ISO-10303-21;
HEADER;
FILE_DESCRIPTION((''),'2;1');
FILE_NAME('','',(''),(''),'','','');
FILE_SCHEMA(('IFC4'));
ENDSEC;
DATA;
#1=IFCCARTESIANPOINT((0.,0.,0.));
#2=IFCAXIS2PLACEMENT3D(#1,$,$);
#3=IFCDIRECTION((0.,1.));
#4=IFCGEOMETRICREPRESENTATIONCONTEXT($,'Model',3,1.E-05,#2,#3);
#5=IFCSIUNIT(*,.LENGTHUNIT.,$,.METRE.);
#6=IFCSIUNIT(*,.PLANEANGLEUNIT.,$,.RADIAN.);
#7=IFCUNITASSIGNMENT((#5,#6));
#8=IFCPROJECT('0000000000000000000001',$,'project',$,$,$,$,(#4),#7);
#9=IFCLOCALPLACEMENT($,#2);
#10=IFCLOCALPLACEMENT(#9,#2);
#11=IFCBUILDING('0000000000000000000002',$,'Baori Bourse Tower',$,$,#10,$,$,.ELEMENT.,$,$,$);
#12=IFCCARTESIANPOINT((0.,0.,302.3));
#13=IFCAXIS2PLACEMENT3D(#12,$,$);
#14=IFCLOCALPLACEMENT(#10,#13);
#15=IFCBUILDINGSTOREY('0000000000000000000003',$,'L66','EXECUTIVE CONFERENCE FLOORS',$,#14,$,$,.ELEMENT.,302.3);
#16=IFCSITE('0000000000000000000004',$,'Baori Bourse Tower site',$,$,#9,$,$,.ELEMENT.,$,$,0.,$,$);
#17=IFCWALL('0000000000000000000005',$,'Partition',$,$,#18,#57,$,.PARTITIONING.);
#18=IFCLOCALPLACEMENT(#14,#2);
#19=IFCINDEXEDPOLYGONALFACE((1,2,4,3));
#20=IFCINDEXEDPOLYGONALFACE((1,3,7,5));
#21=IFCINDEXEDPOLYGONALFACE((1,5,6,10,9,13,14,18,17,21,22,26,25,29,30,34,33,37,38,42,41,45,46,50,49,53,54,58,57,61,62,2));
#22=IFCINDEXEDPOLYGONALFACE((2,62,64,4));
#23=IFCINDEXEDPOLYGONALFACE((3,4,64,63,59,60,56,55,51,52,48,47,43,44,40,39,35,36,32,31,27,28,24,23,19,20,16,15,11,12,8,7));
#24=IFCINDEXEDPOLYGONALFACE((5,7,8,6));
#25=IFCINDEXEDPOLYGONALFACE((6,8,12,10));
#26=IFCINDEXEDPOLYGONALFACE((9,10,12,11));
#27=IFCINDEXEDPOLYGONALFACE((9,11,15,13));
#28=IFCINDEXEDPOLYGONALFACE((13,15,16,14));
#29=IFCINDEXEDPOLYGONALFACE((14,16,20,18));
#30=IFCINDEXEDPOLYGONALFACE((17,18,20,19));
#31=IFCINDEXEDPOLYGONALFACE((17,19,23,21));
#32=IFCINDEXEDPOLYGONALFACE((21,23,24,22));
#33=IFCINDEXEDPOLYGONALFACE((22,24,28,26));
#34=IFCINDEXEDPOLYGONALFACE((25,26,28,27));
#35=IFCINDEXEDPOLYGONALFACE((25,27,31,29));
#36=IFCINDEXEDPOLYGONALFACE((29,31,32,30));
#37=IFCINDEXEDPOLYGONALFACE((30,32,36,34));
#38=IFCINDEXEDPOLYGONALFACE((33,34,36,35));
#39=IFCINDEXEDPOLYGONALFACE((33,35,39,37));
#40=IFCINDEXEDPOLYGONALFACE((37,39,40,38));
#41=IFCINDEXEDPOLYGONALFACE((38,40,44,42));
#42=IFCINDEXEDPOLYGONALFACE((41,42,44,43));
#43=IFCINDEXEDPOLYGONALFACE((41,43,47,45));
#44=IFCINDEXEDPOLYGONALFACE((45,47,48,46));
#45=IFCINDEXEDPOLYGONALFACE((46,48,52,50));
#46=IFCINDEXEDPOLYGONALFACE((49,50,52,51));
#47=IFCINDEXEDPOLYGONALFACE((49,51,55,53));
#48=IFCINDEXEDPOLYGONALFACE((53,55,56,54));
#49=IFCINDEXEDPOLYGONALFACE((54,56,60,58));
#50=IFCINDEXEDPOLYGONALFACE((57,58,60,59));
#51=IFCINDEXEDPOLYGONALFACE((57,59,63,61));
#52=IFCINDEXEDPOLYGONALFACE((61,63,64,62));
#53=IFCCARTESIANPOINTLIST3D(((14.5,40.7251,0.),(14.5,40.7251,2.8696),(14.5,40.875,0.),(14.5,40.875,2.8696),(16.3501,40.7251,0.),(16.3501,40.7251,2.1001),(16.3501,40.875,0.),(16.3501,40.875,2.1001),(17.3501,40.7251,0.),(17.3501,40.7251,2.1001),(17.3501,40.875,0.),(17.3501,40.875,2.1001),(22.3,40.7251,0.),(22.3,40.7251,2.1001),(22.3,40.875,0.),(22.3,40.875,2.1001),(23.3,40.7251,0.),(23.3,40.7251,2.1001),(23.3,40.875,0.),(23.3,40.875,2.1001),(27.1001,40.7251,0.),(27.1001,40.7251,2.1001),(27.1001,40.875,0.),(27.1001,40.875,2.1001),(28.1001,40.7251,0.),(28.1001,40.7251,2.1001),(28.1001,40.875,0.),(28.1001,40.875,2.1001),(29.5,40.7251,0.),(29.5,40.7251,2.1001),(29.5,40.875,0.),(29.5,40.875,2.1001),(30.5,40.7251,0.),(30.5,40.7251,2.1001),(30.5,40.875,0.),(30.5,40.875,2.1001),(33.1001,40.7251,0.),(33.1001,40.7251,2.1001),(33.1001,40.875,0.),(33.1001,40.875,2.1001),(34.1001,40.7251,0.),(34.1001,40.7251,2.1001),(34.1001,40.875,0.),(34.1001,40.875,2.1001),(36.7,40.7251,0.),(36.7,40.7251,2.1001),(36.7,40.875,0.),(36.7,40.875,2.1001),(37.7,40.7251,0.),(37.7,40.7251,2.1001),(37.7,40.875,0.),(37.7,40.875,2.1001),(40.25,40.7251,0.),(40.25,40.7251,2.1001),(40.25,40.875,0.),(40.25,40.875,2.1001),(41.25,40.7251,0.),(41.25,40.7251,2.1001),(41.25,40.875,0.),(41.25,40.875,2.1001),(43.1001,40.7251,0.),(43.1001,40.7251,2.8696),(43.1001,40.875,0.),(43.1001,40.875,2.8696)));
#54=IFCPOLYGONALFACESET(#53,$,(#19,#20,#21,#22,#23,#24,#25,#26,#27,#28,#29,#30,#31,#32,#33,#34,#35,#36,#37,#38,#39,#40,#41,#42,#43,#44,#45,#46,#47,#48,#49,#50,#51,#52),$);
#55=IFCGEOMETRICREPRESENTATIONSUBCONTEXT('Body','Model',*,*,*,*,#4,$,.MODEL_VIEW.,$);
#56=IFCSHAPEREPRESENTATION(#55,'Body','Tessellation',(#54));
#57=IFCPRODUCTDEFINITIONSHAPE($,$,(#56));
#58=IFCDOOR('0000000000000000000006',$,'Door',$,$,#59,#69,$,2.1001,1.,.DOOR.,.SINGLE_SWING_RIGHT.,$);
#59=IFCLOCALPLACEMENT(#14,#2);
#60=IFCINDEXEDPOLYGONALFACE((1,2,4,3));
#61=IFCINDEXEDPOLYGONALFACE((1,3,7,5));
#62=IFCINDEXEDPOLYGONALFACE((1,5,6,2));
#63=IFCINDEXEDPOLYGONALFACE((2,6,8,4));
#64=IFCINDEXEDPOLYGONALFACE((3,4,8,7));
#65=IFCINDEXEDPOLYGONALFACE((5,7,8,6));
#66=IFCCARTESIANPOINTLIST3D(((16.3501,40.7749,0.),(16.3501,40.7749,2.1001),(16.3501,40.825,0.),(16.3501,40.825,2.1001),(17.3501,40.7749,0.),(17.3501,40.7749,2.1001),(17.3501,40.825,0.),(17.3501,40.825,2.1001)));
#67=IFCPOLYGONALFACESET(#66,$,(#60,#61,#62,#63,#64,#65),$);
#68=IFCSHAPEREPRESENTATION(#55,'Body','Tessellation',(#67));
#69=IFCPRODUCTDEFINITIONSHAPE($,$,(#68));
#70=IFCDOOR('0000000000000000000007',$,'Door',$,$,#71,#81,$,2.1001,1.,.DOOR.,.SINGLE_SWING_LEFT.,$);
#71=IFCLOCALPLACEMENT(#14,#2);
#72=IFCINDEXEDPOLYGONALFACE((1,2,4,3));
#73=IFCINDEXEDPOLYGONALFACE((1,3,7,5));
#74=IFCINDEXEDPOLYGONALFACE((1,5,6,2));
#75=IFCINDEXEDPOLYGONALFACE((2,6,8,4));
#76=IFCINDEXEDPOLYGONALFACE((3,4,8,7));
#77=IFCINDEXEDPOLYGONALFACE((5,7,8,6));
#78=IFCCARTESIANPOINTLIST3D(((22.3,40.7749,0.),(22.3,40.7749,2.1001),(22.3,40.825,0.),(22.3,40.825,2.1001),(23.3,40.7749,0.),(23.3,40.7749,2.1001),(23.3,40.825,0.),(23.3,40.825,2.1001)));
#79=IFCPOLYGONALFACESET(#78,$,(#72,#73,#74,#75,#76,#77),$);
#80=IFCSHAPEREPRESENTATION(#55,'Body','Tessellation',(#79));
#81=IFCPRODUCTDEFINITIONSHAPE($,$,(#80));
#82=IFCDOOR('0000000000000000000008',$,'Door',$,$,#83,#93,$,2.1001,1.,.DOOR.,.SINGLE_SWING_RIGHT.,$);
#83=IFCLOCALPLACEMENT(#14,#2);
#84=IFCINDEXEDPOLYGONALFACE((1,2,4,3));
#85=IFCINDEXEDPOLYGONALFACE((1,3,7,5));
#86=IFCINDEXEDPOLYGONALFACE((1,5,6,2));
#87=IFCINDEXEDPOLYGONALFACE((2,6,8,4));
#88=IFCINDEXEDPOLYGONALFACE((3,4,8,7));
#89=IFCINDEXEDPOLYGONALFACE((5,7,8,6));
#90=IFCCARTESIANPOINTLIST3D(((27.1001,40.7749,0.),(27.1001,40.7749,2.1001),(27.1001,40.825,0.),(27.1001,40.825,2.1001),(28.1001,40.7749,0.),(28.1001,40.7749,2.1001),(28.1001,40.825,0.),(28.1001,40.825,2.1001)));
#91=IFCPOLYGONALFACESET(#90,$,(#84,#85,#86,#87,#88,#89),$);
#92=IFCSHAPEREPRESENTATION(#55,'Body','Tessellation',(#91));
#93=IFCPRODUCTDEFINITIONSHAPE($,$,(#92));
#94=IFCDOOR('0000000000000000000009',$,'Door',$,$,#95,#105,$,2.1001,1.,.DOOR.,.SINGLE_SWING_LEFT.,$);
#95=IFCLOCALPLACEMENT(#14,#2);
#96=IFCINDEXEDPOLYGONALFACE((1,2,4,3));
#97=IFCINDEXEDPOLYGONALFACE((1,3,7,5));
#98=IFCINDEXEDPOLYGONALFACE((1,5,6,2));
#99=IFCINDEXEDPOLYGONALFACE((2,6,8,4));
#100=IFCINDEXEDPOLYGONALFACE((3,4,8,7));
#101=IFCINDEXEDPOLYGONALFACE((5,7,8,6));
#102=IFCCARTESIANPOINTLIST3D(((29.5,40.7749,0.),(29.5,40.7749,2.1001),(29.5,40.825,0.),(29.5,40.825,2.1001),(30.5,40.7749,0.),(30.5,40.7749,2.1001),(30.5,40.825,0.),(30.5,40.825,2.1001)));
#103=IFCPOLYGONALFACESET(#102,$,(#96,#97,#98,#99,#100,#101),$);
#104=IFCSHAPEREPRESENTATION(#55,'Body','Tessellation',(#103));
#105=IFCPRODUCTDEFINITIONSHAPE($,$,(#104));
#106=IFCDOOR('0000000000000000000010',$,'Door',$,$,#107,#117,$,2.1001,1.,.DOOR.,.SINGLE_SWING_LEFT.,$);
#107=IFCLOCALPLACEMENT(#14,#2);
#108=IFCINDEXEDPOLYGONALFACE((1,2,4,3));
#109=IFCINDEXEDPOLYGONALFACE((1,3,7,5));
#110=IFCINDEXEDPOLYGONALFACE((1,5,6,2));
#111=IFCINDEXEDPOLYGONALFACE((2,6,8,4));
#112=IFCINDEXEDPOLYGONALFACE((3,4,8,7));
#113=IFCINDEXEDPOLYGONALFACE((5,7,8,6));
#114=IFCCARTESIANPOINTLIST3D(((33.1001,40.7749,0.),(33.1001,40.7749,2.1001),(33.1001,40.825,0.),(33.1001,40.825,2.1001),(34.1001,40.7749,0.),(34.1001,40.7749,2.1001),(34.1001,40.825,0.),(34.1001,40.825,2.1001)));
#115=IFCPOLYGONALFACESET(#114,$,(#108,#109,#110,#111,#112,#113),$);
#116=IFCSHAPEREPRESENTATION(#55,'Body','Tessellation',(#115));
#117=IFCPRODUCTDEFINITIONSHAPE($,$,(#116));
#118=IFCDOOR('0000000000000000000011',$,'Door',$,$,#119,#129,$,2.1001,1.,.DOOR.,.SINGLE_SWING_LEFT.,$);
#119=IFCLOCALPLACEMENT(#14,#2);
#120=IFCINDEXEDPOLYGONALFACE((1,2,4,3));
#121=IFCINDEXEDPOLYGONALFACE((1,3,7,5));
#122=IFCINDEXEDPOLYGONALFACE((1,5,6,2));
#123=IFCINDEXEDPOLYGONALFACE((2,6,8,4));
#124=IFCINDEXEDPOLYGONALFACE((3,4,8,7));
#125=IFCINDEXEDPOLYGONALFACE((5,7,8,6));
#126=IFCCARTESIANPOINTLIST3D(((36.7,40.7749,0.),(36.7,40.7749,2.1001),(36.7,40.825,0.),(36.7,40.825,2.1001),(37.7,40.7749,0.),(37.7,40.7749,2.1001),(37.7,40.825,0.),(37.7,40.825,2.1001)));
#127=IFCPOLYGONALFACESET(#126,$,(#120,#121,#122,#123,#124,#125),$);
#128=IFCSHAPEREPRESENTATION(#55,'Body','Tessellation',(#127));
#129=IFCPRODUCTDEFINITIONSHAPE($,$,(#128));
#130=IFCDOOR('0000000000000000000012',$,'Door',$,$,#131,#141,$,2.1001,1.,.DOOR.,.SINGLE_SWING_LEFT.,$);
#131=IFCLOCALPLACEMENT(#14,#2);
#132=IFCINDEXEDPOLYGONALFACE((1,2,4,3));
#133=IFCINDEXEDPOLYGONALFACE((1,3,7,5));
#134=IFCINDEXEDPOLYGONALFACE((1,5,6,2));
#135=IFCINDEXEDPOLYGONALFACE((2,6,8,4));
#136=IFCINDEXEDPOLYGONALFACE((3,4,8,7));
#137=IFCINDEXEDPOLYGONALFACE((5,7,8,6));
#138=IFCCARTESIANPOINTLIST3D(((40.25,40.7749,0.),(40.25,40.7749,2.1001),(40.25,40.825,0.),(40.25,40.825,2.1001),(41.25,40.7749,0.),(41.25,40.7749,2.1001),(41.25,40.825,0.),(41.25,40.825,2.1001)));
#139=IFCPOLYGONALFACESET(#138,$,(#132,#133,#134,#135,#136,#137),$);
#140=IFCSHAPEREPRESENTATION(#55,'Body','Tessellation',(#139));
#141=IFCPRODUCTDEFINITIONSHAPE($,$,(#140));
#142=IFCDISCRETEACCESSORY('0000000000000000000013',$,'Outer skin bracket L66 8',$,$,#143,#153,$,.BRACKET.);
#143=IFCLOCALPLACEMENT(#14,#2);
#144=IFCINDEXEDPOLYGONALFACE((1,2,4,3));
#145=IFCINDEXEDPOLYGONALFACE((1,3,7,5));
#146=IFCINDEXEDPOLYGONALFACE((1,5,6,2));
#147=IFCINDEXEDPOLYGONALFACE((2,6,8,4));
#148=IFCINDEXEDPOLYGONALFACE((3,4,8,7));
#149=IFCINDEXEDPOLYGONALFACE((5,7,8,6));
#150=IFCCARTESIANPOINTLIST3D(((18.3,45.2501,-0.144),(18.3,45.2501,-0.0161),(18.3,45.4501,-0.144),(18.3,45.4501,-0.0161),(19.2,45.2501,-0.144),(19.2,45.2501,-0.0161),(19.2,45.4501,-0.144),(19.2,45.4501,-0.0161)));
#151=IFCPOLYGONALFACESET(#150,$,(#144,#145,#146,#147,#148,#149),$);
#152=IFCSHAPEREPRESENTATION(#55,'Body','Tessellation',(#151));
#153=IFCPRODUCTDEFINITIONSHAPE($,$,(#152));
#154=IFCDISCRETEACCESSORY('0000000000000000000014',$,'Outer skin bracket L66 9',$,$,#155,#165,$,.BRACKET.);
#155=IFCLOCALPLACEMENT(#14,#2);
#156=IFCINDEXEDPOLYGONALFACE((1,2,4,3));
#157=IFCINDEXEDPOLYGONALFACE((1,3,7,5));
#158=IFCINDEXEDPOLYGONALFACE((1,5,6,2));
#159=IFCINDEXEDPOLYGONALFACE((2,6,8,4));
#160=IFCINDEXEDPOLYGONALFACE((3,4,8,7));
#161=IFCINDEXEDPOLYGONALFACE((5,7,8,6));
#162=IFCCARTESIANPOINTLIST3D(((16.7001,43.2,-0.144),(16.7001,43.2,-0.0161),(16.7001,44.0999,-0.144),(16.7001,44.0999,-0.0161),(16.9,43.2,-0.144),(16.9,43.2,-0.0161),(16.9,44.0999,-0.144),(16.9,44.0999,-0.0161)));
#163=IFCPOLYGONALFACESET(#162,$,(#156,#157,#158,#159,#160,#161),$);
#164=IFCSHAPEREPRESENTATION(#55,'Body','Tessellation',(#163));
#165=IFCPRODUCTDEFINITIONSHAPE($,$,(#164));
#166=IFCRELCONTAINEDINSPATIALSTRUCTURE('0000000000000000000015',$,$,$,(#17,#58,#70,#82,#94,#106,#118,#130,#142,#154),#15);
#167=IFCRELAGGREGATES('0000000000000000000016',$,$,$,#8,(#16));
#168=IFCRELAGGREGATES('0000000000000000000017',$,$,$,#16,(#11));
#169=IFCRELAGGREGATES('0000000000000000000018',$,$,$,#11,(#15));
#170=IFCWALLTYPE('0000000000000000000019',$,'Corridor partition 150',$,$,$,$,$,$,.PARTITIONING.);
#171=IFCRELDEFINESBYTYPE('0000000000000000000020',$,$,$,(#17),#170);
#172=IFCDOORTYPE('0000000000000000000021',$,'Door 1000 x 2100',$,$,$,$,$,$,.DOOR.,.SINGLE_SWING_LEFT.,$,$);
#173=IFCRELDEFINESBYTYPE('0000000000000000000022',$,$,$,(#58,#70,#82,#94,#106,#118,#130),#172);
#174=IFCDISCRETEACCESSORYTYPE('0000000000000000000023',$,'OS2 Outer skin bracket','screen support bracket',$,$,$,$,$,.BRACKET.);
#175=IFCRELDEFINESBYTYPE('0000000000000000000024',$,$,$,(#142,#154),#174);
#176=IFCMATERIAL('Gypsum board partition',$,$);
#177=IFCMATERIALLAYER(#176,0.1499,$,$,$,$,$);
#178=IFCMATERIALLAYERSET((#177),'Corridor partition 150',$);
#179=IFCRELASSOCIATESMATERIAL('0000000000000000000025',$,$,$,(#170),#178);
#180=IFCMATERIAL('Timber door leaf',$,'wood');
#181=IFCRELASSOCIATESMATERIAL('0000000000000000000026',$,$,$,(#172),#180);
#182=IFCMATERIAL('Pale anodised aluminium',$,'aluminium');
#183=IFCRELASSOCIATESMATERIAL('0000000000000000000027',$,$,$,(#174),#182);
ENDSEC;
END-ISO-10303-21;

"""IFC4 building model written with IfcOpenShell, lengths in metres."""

from ifc_helpers import new_model, si_unit, direction, frame, frame_2d, origin, origin_2d, place, context, subcontext, project, spatial, rectangle, extrude, material, layer, layer_set, type_object, element, fill, save


model = new_model("IFC4")

# Units and contexts
model_context = context("Model", 3, precision=1e-05, world=origin(), true_north=direction((0.0, 1.0)))
body_context = subcontext(model_context, "Body", "Model", "MODEL_VIEW")
ifc_project = project(units=[si_unit("LENGTHUNIT", "METRE"), si_unit("PLANEANGLEUNIT", "RADIAN")], contexts=[model_context])

# Site, building, storey
site_placement = place(None, origin())
site = spatial("IfcSite", under=ifc_project, at=site_placement, Name="Baori Bourse Tower site", CompositionType="ELEMENT", RefElevation=0.0)
building_placement = place(site_placement, origin())
building = spatial("IfcBuilding", under=site, at=building_placement, Name="Baori Bourse Tower", CompositionType="ELEMENT")
storey_placement = place(building_placement, frame((0.0, 0.0, 302.3)))
storey = spatial("IfcBuildingStorey", under=building, at=storey_placement, Name="L66", Description="EXECUTIVE CONFERENCE FLOORS", CompositionType="ELEMENT", Elevation=302.3)

# Wall, openings, doors
ifc_material_1 = material(Name="Gypsum board partition")
ifc_layer_1 = layer(ifc_material_1, 0.1499)
ifc_layer_set_1 = layer_set([ifc_layer_1], Name="Corridor partition 150")
wall_type_1 = type_object("IfcWallType", Name="Corridor partition 150", PredefinedType="PARTITIONING", material=ifc_layer_set_1)
wall_1_placement = place(storey_placement, frame((14.5, 40.8, 0.0), z_axis=(0.0, 0.0, 1.0), x_axis=(1.0, 0.0, 0.0)))
wall_1 = element("IfcWall", 1, at=wall_1_placement, inside=storey, type_object=wall_type_1, Name="Partition", PredefinedType="PARTITIONING", context=body_context, shape_type="SweptSolid", body=[
    extrude(rectangle(XDim=28.6001, YDim=0.1499, at=frame_2d((14.3, 0.0))), origin(), (0.0, 0.0, 1.0), 2.8696),
])
opening_1_placement = place(wall_1_placement, frame((1.8501, 0.0, 0.0)))
opening_1 = element("IfcOpeningElement", 2, at=opening_1_placement, cuts=wall_1, PredefinedType="OPENING", context=body_context, shape_type="SweptSolid", body=[
    extrude(rectangle(XDim=1.0, YDim=2.1001, at=frame_2d((0.5, 1.05))), frame((0.0, 0.085, 0.0), z_axis=(0.0, -1.0, 0.0), x_axis=(1.0, 0.0, 0.0)), (0.0, 0.0, 1.0), 0.1699),
])
opening_2_placement = place(wall_1_placement, frame((7.8, 0.0, 0.0)))
opening_2 = element("IfcOpeningElement", 3, at=opening_2_placement, cuts=wall_1, PredefinedType="OPENING", context=body_context, shape_type="SweptSolid", body=[
    extrude(rectangle(XDim=1.0, YDim=2.1001, at=frame_2d((0.5, 1.05))), frame((0.0, 0.085, 0.0), z_axis=(0.0, -1.0, 0.0), x_axis=(1.0, 0.0, 0.0)), (0.0, 0.0, 1.0), 0.1699),
])
opening_3_placement = place(wall_1_placement, frame((12.6001, 0.0, 0.0)))
opening_3 = element("IfcOpeningElement", 4, at=opening_3_placement, cuts=wall_1, PredefinedType="OPENING", context=body_context, shape_type="SweptSolid", body=[
    extrude(rectangle(XDim=1.0, YDim=2.1001, at=frame_2d((0.5, 1.05))), frame((0.0, 0.085, 0.0), z_axis=(0.0, -1.0, 0.0), x_axis=(1.0, 0.0, 0.0)), (0.0, 0.0, 1.0), 0.1699),
])
opening_4_placement = place(wall_1_placement, frame((15.0, 0.0, 0.0)))
opening_4 = element("IfcOpeningElement", 5, at=opening_4_placement, cuts=wall_1, PredefinedType="OPENING", context=body_context, shape_type="SweptSolid", body=[
    extrude(rectangle(XDim=1.0, YDim=2.1001, at=frame_2d((0.5, 1.05))), frame((0.0, 0.085, 0.0), z_axis=(0.0, -1.0, 0.0), x_axis=(1.0, 0.0, 0.0)), (0.0, 0.0, 1.0), 0.1699),
])
opening_5_placement = place(wall_1_placement, frame((18.6001, 0.0, 0.0)))
opening_5 = element("IfcOpeningElement", 6, at=opening_5_placement, cuts=wall_1, PredefinedType="OPENING", context=body_context, shape_type="SweptSolid", body=[
    extrude(rectangle(XDim=1.0, YDim=2.1001, at=frame_2d((0.5, 1.05))), frame((0.0, 0.085, 0.0), z_axis=(0.0, -1.0, 0.0), x_axis=(1.0, 0.0, 0.0)), (0.0, 0.0, 1.0), 0.1699),
])
opening_6_placement = place(wall_1_placement, frame((22.2, 0.0, 0.0)))
opening_6 = element("IfcOpeningElement", 7, at=opening_6_placement, cuts=wall_1, PredefinedType="OPENING", context=body_context, shape_type="SweptSolid", body=[
    extrude(rectangle(XDim=1.0, YDim=2.1001, at=frame_2d((0.5, 1.05))), frame((0.0, 0.085, 0.0), z_axis=(0.0, -1.0, 0.0), x_axis=(1.0, 0.0, 0.0)), (0.0, 0.0, 1.0), 0.1699),
])
opening_7_placement = place(wall_1_placement, frame((25.75, 0.0, 0.0)))
opening_7 = element("IfcOpeningElement", 8, at=opening_7_placement, cuts=wall_1, PredefinedType="OPENING", context=body_context, shape_type="SweptSolid", body=[
    extrude(rectangle(XDim=1.0, YDim=2.1001, at=frame_2d((0.5, 1.05))), frame((0.0, 0.085, 0.0), z_axis=(0.0, -1.0, 0.0), x_axis=(1.0, 0.0, 0.0)), (0.0, 0.0, 1.0), 0.1699),
])
ifc_material_2 = material(Name="Timber door leaf", Category="wood")
door_type_1 = type_object("IfcDoorType", Name="Door 1000 x 2100", OperationType="SINGLE_SWING_LEFT", PredefinedType="DOOR", material=ifc_material_2)
door_1_placement = place(opening_1_placement, origin())
door_1 = element("IfcDoor", 9, at=door_1_placement, inside=storey, type_object=door_type_1, Name="Door", OperationType="SINGLE_SWING_RIGHT", OverallHeight=2.1001, OverallWidth=1.0, PredefinedType="DOOR", context=body_context, shape_type="SweptSolid", body=[
    extrude(rectangle(XDim=1.0, YDim=2.1001, at=frame_2d((0.5, 1.05))), frame((0.0, 0.0249, 0.0), z_axis=(0.0, -1.0, 0.0), x_axis=(1.0, 0.0, 0.0)), (0.0, 0.0, 1.0), 0.05),
])
fill(opening_1, door_1)
door_2_placement = place(opening_2_placement, origin())
door_2 = element("IfcDoor", 10, at=door_2_placement, inside=storey, type_object=door_type_1, Name="Door", OperationType="SINGLE_SWING_LEFT", OverallHeight=2.1001, OverallWidth=1.0, PredefinedType="DOOR", context=body_context, shape_type="SweptSolid", body=[
    extrude(rectangle(XDim=1.0, YDim=2.1001, at=frame_2d((0.5, 1.05))), frame((0.0, 0.0249, 0.0), z_axis=(0.0, -1.0, 0.0), x_axis=(1.0, 0.0, 0.0)), (0.0, 0.0, 1.0), 0.05),
])
fill(opening_2, door_2)
door_3_placement = place(opening_3_placement, origin())
door_3 = element("IfcDoor", 11, at=door_3_placement, inside=storey, type_object=door_type_1, Name="Door", OperationType="SINGLE_SWING_RIGHT", OverallHeight=2.1001, OverallWidth=1.0, PredefinedType="DOOR", context=body_context, shape_type="SweptSolid", body=[
    extrude(rectangle(XDim=1.0, YDim=2.1001, at=frame_2d((0.5, 1.05))), frame((0.0, 0.0249, 0.0), z_axis=(0.0, -1.0, 0.0), x_axis=(1.0, 0.0, 0.0)), (0.0, 0.0, 1.0), 0.05),
])
fill(opening_3, door_3)
door_4_placement = place(opening_4_placement, origin())
door_4 = element("IfcDoor", 12, at=door_4_placement, inside=storey, type_object=door_type_1, Name="Door", OperationType="SINGLE_SWING_LEFT", OverallHeight=2.1001, OverallWidth=1.0, PredefinedType="DOOR", context=body_context, shape_type="SweptSolid", body=[
    extrude(rectangle(XDim=1.0, YDim=2.1001, at=frame_2d((0.5, 1.05))), frame((0.0, 0.0249, 0.0), z_axis=(0.0, -1.0, 0.0), x_axis=(1.0, 0.0, 0.0)), (0.0, 0.0, 1.0), 0.05),
])
fill(opening_4, door_4)
door_5_placement = place(opening_5_placement, origin())
door_5 = element("IfcDoor", 13, at=door_5_placement, inside=storey, type_object=door_type_1, Name="Door", OperationType="SINGLE_SWING_LEFT", OverallHeight=2.1001, OverallWidth=1.0, PredefinedType="DOOR", context=body_context, shape_type="SweptSolid", body=[
    extrude(rectangle(XDim=1.0, YDim=2.1001, at=frame_2d((0.5, 1.05))), frame((0.0, 0.0249, 0.0), z_axis=(0.0, -1.0, 0.0), x_axis=(1.0, 0.0, 0.0)), (0.0, 0.0, 1.0), 0.05),
])
fill(opening_5, door_5)
door_6_placement = place(opening_6_placement, origin())
door_6 = element("IfcDoor", 14, at=door_6_placement, inside=storey, type_object=door_type_1, Name="Door", OperationType="SINGLE_SWING_LEFT", OverallHeight=2.1001, OverallWidth=1.0, PredefinedType="DOOR", context=body_context, shape_type="SweptSolid", body=[
    extrude(rectangle(XDim=1.0, YDim=2.1001, at=frame_2d((0.5, 1.05))), frame((0.0, 0.0249, 0.0), z_axis=(0.0, -1.0, 0.0), x_axis=(1.0, 0.0, 0.0)), (0.0, 0.0, 1.0), 0.05),
])
fill(opening_6, door_6)
door_7_placement = place(opening_7_placement, origin())
door_7 = element("IfcDoor", 15, at=door_7_placement, inside=storey, type_object=door_type_1, Name="Door", OperationType="SINGLE_SWING_LEFT", OverallHeight=2.1001, OverallWidth=1.0, PredefinedType="DOOR", context=body_context, shape_type="SweptSolid", body=[
    extrude(rectangle(XDim=1.0, YDim=2.1001, at=frame_2d((0.5, 1.05))), frame((0.0, 0.0249, 0.0), z_axis=(0.0, -1.0, 0.0), x_axis=(1.0, 0.0, 0.0)), (0.0, 0.0, 1.0), 0.05),
])
fill(opening_7, door_7)

# Discrete accessories
ifc_material_3 = material(Name="Pale anodised aluminium", Category="aluminium")
discrete_accessory_type = type_object("IfcDiscreteAccessoryType", Name="OS2 Outer skin bracket", Description="screen support bracket", PredefinedType="BRACKET", material=ifc_material_3)
for number, where, z_axis, x_axis, name in (
    (16, (18.75, 45.3501, -0.144), (0.0, 0.0, 1.0), (0.0, -1.0, 0.0), "Outer skin bracket L66 8"),
    (17, (16.8, 43.6499, -0.144), (0.0, 0.0, 1.0), (-1.0, 0.0, 0.0), "Outer skin bracket L66 9"),
):
    element("IfcDiscreteAccessory", number, at=place(storey_placement, frame(where, z_axis=z_axis, x_axis=x_axis)), inside=storey, type_object=discrete_accessory_type, Name=name, PredefinedType="BRACKET", context=body_context, shape_type="SweptSolid", body=[
        extrude(rectangle(XDim=0.2, YDim=0.8999, at=origin_2d()), origin(), (0.0, 0.0, 1.0), 0.1279),
    ])

save(model, "model.ifc")
